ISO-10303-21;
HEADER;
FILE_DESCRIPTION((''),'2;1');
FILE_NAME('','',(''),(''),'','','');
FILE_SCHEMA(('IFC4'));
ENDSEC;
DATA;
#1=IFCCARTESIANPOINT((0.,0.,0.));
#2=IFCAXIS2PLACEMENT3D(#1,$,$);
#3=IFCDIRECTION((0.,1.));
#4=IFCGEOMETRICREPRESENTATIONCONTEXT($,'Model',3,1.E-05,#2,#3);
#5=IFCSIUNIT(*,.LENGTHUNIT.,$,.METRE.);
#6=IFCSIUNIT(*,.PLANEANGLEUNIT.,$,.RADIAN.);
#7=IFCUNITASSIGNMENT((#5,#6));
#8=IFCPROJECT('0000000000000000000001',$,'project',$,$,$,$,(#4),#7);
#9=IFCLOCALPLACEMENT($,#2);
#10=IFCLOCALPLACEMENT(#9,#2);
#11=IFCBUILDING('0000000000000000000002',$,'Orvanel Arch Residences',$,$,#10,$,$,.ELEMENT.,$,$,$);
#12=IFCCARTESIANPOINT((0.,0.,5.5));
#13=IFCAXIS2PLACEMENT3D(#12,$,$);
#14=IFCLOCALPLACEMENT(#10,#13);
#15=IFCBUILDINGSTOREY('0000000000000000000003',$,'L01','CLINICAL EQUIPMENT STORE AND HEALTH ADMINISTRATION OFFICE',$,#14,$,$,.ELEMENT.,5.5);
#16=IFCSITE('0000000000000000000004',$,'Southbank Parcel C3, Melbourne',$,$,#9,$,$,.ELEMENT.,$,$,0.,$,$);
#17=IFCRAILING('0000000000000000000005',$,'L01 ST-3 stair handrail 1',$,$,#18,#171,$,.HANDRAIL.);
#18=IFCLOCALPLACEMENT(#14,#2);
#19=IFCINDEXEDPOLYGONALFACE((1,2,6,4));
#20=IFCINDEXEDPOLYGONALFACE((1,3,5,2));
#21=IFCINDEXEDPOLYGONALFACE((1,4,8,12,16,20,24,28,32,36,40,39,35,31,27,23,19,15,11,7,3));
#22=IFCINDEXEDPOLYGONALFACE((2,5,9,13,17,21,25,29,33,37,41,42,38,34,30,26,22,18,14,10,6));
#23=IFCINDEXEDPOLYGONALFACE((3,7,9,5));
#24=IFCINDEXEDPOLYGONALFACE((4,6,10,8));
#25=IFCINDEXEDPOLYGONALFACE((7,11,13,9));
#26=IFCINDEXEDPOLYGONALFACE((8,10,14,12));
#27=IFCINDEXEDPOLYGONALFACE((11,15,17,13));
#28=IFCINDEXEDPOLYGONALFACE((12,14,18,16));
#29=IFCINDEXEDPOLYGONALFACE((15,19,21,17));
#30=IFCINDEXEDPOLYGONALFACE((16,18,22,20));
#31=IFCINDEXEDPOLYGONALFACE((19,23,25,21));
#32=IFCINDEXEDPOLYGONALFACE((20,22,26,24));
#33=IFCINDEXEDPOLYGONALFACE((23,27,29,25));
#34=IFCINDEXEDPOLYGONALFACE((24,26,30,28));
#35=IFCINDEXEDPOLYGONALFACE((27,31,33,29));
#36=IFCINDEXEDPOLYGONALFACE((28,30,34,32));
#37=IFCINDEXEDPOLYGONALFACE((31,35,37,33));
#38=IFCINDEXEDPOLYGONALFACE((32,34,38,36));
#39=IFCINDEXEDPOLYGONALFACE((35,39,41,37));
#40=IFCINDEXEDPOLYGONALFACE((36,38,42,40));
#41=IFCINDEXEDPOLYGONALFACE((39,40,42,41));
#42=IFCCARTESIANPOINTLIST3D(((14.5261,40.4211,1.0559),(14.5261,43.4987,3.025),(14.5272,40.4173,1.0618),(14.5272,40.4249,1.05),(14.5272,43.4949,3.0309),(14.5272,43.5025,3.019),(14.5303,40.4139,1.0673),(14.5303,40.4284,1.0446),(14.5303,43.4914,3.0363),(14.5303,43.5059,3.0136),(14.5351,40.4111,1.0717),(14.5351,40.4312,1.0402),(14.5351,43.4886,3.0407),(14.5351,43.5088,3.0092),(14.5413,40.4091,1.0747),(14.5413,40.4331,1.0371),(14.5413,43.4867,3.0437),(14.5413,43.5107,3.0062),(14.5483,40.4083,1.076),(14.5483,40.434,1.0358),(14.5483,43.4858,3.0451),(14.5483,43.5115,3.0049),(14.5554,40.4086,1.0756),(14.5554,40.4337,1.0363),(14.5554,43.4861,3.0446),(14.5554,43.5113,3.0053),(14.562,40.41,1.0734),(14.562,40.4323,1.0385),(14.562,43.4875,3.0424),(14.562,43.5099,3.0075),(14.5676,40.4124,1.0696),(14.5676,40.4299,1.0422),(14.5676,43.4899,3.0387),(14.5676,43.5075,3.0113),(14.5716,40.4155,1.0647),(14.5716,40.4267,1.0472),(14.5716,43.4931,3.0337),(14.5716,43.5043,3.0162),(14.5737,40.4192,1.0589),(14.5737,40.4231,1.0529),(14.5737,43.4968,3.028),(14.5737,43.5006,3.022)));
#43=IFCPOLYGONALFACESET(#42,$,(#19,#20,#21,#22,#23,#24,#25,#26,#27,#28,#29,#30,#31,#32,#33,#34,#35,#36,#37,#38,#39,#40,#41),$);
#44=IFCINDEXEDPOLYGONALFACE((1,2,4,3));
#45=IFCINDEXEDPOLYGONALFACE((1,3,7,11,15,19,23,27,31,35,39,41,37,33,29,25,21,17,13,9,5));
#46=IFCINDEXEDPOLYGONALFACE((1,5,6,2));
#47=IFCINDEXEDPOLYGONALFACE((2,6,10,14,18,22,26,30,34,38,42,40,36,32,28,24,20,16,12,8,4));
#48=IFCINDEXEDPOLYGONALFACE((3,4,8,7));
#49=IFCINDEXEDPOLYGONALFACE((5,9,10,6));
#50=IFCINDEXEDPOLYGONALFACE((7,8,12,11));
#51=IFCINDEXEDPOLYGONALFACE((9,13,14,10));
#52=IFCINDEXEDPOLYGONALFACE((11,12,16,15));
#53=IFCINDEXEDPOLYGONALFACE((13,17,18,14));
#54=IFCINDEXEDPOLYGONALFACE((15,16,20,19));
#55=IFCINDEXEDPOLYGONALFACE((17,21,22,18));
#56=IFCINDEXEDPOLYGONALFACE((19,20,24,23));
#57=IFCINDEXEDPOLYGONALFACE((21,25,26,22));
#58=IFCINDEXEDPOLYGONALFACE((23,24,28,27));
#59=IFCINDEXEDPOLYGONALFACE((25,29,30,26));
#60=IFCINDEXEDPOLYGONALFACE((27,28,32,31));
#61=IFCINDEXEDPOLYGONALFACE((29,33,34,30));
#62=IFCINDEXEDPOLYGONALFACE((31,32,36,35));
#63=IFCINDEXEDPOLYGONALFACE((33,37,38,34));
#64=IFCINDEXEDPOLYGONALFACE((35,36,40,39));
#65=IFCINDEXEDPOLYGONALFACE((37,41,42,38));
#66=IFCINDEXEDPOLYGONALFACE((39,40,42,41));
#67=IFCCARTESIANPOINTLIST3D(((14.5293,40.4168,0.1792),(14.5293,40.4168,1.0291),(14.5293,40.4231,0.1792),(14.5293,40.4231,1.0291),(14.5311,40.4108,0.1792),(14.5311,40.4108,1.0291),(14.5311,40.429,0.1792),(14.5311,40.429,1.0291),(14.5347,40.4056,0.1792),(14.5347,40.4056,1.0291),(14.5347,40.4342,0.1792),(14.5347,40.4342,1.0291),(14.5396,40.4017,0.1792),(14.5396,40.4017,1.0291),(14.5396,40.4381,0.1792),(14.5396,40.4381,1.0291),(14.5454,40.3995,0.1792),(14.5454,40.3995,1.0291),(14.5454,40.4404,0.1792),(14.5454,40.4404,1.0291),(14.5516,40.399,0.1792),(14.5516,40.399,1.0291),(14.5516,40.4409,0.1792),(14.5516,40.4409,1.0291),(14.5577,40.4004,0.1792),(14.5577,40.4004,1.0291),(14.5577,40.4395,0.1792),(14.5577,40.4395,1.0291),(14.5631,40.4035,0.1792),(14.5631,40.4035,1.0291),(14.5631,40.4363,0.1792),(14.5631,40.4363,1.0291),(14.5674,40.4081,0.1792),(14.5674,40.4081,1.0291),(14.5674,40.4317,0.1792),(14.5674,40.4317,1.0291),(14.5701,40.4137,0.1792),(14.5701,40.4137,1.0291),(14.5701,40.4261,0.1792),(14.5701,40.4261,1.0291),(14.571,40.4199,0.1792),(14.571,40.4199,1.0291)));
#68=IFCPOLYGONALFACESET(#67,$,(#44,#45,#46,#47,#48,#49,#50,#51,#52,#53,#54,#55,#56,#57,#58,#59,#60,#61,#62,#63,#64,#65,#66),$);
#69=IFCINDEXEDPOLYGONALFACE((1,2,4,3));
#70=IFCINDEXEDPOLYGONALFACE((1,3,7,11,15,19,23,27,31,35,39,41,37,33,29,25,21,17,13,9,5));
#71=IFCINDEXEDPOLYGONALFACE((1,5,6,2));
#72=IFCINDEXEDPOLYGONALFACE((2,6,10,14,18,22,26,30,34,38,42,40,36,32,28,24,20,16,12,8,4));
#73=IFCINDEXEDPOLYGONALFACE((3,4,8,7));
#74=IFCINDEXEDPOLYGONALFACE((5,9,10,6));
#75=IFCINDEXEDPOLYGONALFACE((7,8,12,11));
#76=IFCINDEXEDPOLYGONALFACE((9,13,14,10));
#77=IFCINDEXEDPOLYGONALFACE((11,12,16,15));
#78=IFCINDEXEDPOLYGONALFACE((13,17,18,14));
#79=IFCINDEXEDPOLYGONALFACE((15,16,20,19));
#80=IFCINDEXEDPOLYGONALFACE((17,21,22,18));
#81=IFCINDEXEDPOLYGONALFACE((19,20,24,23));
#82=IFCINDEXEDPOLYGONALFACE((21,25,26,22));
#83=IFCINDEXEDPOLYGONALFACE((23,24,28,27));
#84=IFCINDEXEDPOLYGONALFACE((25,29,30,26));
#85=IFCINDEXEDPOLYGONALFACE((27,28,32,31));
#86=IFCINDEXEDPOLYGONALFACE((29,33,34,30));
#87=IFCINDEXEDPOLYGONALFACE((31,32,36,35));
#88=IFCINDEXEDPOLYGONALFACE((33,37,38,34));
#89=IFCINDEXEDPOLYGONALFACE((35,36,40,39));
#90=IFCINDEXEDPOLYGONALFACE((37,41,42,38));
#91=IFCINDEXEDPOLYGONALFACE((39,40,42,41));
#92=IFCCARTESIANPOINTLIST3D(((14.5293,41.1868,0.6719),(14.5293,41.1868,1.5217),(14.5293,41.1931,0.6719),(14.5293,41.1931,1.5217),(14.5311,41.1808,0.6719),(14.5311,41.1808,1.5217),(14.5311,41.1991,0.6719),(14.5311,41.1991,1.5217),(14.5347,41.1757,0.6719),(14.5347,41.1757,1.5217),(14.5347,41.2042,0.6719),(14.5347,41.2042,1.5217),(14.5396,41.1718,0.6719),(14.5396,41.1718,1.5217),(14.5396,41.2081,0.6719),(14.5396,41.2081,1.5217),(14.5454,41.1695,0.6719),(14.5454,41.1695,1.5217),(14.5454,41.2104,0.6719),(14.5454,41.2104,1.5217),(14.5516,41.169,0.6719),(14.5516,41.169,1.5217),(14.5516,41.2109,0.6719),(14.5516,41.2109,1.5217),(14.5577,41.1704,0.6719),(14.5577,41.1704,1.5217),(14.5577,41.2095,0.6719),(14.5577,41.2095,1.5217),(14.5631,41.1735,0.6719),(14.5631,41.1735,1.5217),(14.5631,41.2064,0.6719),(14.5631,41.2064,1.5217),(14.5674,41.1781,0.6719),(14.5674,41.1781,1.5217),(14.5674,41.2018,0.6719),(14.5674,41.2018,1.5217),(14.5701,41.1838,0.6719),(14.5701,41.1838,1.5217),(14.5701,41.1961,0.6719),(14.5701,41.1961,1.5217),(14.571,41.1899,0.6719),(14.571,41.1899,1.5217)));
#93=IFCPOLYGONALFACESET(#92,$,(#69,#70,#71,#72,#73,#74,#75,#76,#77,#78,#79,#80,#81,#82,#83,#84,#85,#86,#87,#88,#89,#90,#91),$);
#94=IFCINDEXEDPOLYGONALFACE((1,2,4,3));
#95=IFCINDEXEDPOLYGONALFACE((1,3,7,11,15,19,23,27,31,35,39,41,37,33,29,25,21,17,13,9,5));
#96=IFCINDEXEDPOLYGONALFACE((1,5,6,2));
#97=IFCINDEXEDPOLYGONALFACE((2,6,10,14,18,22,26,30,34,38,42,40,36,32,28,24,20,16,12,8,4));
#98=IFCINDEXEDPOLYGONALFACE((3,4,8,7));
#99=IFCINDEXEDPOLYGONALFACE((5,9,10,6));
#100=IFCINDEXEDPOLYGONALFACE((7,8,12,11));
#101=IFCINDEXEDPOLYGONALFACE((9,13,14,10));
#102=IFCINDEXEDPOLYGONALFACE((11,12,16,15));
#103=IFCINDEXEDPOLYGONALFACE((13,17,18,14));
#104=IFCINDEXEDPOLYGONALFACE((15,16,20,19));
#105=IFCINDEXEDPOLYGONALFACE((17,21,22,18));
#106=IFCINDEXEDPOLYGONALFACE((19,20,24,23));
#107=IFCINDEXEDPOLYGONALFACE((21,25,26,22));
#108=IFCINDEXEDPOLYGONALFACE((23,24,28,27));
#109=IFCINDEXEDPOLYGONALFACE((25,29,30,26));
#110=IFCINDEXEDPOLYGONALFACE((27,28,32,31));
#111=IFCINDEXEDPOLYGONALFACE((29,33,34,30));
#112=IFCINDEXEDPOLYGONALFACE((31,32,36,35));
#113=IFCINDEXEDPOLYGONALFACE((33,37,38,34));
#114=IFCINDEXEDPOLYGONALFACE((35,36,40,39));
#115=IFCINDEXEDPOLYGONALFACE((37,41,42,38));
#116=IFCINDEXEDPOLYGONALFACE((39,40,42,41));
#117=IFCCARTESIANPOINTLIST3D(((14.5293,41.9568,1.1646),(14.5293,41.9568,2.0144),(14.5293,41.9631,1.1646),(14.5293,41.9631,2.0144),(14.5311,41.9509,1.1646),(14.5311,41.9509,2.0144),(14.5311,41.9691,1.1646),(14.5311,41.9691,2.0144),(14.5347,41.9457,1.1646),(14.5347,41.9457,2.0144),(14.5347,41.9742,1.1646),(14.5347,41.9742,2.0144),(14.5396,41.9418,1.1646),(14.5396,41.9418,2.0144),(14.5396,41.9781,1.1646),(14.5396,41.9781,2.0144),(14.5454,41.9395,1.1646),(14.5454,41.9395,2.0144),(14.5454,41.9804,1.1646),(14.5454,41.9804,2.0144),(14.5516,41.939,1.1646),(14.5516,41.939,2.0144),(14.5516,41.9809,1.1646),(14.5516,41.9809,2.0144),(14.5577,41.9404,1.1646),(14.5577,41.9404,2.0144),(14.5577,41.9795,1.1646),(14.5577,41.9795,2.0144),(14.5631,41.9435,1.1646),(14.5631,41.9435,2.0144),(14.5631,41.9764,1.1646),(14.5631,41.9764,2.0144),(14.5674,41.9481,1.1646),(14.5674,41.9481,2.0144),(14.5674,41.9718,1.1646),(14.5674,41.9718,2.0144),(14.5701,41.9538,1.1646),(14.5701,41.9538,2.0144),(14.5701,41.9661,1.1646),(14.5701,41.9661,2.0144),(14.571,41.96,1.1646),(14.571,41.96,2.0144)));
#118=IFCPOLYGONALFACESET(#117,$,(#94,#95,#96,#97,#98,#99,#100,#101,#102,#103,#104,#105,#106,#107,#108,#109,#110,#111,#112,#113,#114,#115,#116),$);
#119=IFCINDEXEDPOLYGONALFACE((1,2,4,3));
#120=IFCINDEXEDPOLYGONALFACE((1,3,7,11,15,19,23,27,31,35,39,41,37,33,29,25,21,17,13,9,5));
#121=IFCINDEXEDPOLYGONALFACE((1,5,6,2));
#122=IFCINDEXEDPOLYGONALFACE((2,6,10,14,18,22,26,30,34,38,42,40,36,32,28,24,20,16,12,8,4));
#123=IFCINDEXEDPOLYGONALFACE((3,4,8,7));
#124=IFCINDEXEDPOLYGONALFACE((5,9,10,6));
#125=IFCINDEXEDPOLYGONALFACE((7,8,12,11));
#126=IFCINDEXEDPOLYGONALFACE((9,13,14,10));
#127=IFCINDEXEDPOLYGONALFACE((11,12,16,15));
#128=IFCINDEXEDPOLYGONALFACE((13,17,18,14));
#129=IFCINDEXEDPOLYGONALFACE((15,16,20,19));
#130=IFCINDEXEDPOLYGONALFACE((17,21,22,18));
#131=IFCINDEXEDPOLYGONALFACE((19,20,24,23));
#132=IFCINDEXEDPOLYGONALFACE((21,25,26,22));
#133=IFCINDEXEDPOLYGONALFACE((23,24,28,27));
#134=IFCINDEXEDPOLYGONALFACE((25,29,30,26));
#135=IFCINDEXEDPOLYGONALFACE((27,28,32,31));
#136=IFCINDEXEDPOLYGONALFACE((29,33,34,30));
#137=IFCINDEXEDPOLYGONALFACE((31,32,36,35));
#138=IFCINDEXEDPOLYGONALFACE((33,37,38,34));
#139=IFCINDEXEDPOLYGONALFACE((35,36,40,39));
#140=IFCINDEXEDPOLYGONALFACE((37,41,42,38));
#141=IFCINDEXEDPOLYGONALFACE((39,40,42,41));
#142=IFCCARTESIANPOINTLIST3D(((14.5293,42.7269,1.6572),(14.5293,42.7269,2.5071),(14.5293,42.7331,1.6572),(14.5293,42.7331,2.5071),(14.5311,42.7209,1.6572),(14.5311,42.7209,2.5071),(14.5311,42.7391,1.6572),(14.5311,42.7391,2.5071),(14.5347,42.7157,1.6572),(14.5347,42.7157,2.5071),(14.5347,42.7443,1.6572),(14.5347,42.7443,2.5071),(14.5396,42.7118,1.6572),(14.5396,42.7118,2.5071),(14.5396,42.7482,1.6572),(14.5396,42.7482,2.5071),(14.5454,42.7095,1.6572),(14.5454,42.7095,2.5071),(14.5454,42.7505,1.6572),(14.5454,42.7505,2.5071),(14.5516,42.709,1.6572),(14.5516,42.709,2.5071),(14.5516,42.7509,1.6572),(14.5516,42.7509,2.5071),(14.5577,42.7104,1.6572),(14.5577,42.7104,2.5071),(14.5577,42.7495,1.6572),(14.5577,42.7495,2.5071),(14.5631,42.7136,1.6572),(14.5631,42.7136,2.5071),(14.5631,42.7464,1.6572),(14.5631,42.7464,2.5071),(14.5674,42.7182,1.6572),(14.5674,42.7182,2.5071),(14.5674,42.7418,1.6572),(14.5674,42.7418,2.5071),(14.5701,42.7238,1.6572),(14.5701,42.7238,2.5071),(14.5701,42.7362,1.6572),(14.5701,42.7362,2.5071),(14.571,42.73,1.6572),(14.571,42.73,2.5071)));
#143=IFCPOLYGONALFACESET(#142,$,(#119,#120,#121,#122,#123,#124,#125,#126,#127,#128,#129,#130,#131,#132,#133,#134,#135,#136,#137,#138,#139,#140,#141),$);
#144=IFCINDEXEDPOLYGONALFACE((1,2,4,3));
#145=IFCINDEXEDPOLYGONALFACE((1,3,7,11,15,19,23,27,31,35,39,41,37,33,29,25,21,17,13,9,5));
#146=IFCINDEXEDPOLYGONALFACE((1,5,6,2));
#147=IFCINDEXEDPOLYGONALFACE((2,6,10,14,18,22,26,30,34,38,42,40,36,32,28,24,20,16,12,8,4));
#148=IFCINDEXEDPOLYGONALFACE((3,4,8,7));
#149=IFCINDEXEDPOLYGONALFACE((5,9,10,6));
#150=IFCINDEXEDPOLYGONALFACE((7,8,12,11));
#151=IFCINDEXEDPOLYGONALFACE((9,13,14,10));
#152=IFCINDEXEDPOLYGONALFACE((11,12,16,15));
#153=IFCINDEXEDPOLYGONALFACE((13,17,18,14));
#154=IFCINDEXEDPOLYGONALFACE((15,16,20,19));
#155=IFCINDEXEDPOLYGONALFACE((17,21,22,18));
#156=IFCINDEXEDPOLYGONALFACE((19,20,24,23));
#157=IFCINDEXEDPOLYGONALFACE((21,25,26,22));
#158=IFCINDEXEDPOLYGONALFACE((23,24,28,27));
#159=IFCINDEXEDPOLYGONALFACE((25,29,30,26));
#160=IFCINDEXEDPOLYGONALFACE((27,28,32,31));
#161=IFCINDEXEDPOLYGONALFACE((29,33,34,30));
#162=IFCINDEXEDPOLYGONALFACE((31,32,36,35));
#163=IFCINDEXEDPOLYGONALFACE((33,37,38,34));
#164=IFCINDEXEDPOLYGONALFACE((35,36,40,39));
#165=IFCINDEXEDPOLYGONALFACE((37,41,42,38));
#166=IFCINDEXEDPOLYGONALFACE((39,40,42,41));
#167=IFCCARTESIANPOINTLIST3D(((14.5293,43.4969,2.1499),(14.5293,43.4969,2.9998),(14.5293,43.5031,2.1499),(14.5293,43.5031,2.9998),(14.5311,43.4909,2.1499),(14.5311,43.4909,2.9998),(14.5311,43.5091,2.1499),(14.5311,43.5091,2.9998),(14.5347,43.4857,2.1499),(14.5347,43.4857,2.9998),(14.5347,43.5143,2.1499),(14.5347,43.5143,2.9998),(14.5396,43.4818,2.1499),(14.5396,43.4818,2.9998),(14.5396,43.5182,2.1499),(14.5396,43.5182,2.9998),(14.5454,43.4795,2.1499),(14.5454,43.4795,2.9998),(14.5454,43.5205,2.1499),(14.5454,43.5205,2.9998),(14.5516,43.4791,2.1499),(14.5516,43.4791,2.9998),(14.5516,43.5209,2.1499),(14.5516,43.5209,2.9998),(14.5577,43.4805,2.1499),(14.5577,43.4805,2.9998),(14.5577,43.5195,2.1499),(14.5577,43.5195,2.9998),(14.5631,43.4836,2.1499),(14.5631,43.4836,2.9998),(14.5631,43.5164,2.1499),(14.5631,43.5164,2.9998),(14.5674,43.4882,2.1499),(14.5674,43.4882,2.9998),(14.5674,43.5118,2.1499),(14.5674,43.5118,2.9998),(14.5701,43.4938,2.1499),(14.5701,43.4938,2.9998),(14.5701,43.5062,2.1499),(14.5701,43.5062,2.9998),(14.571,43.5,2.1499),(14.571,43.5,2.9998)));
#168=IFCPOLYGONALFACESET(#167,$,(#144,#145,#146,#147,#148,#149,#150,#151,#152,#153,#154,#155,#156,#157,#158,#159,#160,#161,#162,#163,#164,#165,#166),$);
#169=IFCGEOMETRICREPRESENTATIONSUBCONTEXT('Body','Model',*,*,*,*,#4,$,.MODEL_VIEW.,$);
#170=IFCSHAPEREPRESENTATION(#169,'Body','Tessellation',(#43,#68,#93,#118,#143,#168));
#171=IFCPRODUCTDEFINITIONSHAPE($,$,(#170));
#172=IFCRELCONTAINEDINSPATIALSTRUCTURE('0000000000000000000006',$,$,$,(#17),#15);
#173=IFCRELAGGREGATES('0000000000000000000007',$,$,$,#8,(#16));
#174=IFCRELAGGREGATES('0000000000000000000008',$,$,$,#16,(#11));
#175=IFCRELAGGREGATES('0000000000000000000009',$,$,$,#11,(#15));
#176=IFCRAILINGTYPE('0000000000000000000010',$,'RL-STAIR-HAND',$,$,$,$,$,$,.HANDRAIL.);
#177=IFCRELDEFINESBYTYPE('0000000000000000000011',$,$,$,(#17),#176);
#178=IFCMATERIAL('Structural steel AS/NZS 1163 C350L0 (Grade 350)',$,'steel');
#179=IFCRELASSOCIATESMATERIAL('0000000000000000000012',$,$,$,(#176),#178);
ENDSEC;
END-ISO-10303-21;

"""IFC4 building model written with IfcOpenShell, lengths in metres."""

from ifc_helpers import new_model, si_unit, direction, frame, origin, origin_2d, place, context, subcontext, project, spatial, circle, extrude, material, type_object, element, save


model = new_model("IFC4")

# Units and contexts
model_context = context("Model", 3, precision=1e-05, world=origin(), true_north=direction((0.0, 1.0)))
body_context = subcontext(model_context, "Body", "Model", "MODEL_VIEW")
ifc_project = project(units=[si_unit("LENGTHUNIT", "METRE"), si_unit("PLANEANGLEUNIT", "RADIAN")], contexts=[model_context])

# Site, building, storey
site_placement = place(None, origin())
site = spatial("IfcSite", under=ifc_project, at=site_placement, Name="Southbank Parcel C3, Melbourne", CompositionType="ELEMENT", RefElevation=0.0)
building_placement = place(site_placement, origin())
building = spatial("IfcBuilding", under=site, at=building_placement, Name="Orvanel Arch Residences", CompositionType="ELEMENT")
storey_placement = place(building_placement, frame((0.0, 0.0, 5.5)))
storey = spatial("IfcBuildingStorey", under=building, at=storey_placement, Name="L01", Description="CLINICAL EQUIPMENT STORE AND HEALTH ADMINISTRATION OFFICE", CompositionType="ELEMENT", Elevation=5.5)

# Railing
ifc_material_1 = material(Name="Structural steel AS/NZS 1163 C350L0 (Grade 350)", Category="steel")
railing_type_1 = type_object("IfcRailingType", Name="RL-STAIR-HAND", PredefinedType="HANDRAIL", material=ifc_material_1)
railing_1_placement = place(storey_placement, frame((14.55, 40.4199, 0.1792)))
element("IfcRailing", 1, at=railing_1_placement, inside=storey, type_object=railing_type_1, Name="L01 ST-3 stair handrail 1", PredefinedType="HANDRAIL", context=body_context, shape_type="SweptSolid", body=[
    extrude(circle(Radius=0.0239, at=origin_2d()), frame((0.0, 0.0012, 0.8767), z_axis=(0.0, 0.842339, 0.538948), x_axis=(-1.0, 0.0, 0.0)), (0.0, 0.0, 1.0), 3.6536),
    extrude(circle(Radius=0.021, at=origin_2d()), origin(), (0.0, 0.0, 1.0), 0.8499),
    extrude(circle(Radius=0.021, at=origin_2d()), frame((0.0, 0.77, 0.4927)), (0.0, 0.0, 1.0), 0.8499),
    extrude(circle(Radius=0.021, at=origin_2d()), frame((0.0, 1.54, 0.9854)), (0.0, 0.0, 1.0), 0.8499),
    extrude(circle(Radius=0.021, at=origin_2d()), frame((0.0, 2.3101, 1.478)), (0.0, 0.0, 1.0), 0.8499),
    extrude(circle(Radius=0.021, at=origin_2d()), frame((0.0, 3.0801, 1.9707)), (0.0, 0.0, 1.0), 0.8499),
])

save(model, "model.ifc")
